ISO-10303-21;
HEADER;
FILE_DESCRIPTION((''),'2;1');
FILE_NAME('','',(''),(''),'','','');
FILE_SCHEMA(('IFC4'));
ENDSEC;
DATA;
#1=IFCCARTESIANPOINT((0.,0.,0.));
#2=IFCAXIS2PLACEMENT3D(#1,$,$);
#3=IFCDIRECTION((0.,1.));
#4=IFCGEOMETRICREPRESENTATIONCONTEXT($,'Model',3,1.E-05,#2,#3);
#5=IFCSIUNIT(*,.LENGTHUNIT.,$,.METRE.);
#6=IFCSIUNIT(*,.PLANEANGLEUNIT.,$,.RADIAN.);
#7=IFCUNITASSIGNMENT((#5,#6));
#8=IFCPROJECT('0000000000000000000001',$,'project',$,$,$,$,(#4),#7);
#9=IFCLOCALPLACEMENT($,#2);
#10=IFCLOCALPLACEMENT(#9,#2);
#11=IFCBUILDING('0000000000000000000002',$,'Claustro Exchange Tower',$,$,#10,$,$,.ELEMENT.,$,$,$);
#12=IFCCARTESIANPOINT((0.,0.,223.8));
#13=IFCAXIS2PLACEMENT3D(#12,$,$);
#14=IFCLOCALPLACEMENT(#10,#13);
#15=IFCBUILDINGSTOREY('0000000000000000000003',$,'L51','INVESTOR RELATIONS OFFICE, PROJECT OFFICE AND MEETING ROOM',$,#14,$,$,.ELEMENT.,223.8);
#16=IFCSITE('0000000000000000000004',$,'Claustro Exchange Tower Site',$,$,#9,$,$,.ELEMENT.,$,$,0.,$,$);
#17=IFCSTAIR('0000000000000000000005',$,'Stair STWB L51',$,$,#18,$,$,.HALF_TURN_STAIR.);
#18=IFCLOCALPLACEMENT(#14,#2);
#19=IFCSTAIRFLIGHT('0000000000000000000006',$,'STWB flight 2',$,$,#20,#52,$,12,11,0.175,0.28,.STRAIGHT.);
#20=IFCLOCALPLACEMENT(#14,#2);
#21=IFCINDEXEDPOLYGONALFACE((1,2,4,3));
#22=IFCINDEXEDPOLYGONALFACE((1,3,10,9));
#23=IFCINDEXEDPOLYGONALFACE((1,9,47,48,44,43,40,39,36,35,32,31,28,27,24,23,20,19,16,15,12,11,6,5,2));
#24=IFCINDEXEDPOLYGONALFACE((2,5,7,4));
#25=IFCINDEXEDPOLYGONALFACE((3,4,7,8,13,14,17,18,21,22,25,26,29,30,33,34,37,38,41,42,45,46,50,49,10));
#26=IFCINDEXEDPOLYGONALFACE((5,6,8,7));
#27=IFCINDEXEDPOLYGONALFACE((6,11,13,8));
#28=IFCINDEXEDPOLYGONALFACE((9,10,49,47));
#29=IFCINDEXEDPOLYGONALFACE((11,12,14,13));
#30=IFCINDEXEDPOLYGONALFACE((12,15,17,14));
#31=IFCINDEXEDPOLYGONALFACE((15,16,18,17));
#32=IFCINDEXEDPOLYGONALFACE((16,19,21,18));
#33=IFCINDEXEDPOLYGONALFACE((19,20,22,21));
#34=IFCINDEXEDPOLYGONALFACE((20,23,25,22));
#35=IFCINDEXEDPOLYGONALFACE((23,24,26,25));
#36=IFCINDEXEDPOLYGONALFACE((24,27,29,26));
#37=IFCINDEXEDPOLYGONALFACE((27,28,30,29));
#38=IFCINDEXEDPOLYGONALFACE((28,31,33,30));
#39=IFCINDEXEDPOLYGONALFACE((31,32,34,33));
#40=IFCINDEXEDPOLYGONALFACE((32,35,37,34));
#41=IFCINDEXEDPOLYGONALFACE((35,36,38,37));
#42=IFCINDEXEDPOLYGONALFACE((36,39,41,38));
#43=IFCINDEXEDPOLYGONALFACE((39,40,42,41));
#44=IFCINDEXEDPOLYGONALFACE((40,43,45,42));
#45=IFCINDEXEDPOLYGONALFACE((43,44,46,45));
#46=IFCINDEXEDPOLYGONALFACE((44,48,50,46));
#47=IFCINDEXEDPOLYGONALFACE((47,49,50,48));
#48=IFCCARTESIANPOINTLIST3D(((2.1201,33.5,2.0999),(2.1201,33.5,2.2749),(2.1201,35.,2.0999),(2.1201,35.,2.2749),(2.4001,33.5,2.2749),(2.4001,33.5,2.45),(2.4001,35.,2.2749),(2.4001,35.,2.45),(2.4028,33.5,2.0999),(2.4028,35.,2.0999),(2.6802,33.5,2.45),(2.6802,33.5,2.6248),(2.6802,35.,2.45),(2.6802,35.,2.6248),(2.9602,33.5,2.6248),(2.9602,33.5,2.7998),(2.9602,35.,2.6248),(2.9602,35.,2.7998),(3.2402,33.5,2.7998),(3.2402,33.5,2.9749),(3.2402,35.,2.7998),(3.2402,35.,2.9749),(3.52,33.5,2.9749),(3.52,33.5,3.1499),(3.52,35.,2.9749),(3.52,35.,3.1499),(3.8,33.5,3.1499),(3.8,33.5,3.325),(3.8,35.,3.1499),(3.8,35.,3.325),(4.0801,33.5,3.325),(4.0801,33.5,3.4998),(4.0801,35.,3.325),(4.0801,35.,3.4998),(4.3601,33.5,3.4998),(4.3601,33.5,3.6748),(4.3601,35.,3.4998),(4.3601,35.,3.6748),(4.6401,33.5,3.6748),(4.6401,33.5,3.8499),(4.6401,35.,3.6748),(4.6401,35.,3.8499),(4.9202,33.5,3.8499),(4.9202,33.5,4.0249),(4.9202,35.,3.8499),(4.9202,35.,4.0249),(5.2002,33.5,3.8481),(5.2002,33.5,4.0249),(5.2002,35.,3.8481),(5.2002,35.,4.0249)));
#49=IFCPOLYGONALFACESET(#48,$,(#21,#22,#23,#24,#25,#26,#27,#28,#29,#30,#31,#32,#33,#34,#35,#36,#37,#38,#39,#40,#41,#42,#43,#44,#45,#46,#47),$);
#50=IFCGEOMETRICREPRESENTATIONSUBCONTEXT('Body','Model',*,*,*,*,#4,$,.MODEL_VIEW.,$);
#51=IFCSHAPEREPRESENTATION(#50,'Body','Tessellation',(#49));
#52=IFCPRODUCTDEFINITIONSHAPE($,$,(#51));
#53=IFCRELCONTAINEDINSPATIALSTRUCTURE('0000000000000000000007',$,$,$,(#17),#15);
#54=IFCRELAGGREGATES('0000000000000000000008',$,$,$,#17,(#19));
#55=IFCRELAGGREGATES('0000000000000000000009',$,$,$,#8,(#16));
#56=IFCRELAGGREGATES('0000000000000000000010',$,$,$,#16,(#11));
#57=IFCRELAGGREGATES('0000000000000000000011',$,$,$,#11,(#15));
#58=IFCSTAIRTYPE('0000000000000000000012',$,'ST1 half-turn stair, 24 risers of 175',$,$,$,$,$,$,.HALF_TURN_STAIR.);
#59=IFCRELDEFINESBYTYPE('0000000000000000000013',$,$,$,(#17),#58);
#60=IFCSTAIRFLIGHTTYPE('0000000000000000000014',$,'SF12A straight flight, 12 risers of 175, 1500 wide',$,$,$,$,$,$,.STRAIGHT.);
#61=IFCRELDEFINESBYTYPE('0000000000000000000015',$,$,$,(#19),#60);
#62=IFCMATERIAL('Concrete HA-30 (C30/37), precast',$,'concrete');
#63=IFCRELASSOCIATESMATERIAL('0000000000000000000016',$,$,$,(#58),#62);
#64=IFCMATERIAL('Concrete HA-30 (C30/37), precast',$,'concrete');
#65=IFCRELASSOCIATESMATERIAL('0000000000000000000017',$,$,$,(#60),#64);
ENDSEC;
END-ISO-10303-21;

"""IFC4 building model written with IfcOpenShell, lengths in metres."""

from ifc_helpers import new_model, si_unit, direction, frame, origin, place, context, subcontext, project, spatial, polyline, outline, extrude, material, type_object, element, aggregate, save


model = new_model("IFC4")

# Units and contexts
model_context = context("Model", 3, precision=1e-05, world=origin(), true_north=direction((0.0, 1.0)))
body_context = subcontext(model_context, "Body", "Model", "MODEL_VIEW")
ifc_project = project(units=[si_unit("LENGTHUNIT", "METRE"), si_unit("PLANEANGLEUNIT", "RADIAN")], contexts=[model_context])

# Site, building, storey
site_placement = place(None, origin())
site = spatial("IfcSite", under=ifc_project, at=site_placement, Name="Claustro Exchange Tower Site", CompositionType="ELEMENT", RefElevation=0.0)
building_placement = place(site_placement, origin())
building = spatial("IfcBuilding", under=site, at=building_placement, Name="Claustro Exchange Tower", CompositionType="ELEMENT")
storey_placement = place(building_placement, frame((0.0, 0.0, 223.8)))
storey = spatial("IfcBuildingStorey", under=building, at=storey_placement, Name="L51", Description="INVESTOR RELATIONS OFFICE, PROJECT OFFICE AND MEETING ROOM", CompositionType="ELEMENT", Elevation=223.8)

# Stair, stair flight
ifc_material_1 = material(Name="Concrete HA-30 (C30/37), precast", Category="concrete")
stair_type = type_object("IfcStairType", Name="ST1 half-turn stair, 24 risers of 175", PredefinedType="HALF_TURN_STAIR", material=ifc_material_1)
stair_placement = place(storey_placement, origin())
stair = element("IfcStair", 1, at=stair_placement, inside=storey, type_object=stair_type, Name="Stair STWB L51", PredefinedType="HALF_TURN_STAIR")
ifc_material_2 = material(Name="Concrete HA-30 (C30/37), precast", Category="concrete")
stair_flight_type = type_object("IfcStairFlightType", Name="SF12A straight flight, 12 risers of 175, 1500 wide", PredefinedType="STRAIGHT", material=ifc_material_2)
stair_flight_1_placement = place(storey_placement, frame((2.1201, 34.25, 2.0999), z_axis=(0.0, 0.0, 1.0), x_axis=(1.0, 0.0, 0.0)))
stair_flight_1 = element("IfcStairFlight", 2, at=stair_flight_1_placement, type_object=stair_flight_type, Name="STWB flight 2", NumberOfRisers=12, NumberOfTreads=11, PredefinedType="STRAIGHT", RiserHeight=0.175, TreadLength=0.28, context=body_context, shape_type="SweptSolid", body=[
    extrude(outline(polyline([(0.0, 0.0), (0.0, 0.175), (0.28, 0.175), (0.28, 0.3501), (0.5601, 0.3501), (0.5601, 0.5249), (0.8401, 0.5249), (0.8401, 0.7), (1.1201, 0.7), (1.1201, 0.875), (1.3999, 0.875), (1.3999, 1.05), (1.6799, 1.05), (1.6799, 1.2251), (1.96, 1.2251), (1.96, 1.3999), (2.24, 1.3999), (2.24, 1.575), (2.52, 1.575), (2.52, 1.75), (2.8, 1.75), (2.8, 1.925), (3.0801, 1.925), (3.0801, 2.1001), (3.0801, 1.7483), (0.2827, 0.0), (0.0, 0.0)])), frame((0.0, 0.75, 0.0), z_axis=(0.0, -1.0, 0.0), x_axis=(1.0, 0.0, 0.0)), (0.0, 0.0, 1.0), 1.5),
])
aggregate(stair, [stair_flight_1])

save(model, "model.ifc")
